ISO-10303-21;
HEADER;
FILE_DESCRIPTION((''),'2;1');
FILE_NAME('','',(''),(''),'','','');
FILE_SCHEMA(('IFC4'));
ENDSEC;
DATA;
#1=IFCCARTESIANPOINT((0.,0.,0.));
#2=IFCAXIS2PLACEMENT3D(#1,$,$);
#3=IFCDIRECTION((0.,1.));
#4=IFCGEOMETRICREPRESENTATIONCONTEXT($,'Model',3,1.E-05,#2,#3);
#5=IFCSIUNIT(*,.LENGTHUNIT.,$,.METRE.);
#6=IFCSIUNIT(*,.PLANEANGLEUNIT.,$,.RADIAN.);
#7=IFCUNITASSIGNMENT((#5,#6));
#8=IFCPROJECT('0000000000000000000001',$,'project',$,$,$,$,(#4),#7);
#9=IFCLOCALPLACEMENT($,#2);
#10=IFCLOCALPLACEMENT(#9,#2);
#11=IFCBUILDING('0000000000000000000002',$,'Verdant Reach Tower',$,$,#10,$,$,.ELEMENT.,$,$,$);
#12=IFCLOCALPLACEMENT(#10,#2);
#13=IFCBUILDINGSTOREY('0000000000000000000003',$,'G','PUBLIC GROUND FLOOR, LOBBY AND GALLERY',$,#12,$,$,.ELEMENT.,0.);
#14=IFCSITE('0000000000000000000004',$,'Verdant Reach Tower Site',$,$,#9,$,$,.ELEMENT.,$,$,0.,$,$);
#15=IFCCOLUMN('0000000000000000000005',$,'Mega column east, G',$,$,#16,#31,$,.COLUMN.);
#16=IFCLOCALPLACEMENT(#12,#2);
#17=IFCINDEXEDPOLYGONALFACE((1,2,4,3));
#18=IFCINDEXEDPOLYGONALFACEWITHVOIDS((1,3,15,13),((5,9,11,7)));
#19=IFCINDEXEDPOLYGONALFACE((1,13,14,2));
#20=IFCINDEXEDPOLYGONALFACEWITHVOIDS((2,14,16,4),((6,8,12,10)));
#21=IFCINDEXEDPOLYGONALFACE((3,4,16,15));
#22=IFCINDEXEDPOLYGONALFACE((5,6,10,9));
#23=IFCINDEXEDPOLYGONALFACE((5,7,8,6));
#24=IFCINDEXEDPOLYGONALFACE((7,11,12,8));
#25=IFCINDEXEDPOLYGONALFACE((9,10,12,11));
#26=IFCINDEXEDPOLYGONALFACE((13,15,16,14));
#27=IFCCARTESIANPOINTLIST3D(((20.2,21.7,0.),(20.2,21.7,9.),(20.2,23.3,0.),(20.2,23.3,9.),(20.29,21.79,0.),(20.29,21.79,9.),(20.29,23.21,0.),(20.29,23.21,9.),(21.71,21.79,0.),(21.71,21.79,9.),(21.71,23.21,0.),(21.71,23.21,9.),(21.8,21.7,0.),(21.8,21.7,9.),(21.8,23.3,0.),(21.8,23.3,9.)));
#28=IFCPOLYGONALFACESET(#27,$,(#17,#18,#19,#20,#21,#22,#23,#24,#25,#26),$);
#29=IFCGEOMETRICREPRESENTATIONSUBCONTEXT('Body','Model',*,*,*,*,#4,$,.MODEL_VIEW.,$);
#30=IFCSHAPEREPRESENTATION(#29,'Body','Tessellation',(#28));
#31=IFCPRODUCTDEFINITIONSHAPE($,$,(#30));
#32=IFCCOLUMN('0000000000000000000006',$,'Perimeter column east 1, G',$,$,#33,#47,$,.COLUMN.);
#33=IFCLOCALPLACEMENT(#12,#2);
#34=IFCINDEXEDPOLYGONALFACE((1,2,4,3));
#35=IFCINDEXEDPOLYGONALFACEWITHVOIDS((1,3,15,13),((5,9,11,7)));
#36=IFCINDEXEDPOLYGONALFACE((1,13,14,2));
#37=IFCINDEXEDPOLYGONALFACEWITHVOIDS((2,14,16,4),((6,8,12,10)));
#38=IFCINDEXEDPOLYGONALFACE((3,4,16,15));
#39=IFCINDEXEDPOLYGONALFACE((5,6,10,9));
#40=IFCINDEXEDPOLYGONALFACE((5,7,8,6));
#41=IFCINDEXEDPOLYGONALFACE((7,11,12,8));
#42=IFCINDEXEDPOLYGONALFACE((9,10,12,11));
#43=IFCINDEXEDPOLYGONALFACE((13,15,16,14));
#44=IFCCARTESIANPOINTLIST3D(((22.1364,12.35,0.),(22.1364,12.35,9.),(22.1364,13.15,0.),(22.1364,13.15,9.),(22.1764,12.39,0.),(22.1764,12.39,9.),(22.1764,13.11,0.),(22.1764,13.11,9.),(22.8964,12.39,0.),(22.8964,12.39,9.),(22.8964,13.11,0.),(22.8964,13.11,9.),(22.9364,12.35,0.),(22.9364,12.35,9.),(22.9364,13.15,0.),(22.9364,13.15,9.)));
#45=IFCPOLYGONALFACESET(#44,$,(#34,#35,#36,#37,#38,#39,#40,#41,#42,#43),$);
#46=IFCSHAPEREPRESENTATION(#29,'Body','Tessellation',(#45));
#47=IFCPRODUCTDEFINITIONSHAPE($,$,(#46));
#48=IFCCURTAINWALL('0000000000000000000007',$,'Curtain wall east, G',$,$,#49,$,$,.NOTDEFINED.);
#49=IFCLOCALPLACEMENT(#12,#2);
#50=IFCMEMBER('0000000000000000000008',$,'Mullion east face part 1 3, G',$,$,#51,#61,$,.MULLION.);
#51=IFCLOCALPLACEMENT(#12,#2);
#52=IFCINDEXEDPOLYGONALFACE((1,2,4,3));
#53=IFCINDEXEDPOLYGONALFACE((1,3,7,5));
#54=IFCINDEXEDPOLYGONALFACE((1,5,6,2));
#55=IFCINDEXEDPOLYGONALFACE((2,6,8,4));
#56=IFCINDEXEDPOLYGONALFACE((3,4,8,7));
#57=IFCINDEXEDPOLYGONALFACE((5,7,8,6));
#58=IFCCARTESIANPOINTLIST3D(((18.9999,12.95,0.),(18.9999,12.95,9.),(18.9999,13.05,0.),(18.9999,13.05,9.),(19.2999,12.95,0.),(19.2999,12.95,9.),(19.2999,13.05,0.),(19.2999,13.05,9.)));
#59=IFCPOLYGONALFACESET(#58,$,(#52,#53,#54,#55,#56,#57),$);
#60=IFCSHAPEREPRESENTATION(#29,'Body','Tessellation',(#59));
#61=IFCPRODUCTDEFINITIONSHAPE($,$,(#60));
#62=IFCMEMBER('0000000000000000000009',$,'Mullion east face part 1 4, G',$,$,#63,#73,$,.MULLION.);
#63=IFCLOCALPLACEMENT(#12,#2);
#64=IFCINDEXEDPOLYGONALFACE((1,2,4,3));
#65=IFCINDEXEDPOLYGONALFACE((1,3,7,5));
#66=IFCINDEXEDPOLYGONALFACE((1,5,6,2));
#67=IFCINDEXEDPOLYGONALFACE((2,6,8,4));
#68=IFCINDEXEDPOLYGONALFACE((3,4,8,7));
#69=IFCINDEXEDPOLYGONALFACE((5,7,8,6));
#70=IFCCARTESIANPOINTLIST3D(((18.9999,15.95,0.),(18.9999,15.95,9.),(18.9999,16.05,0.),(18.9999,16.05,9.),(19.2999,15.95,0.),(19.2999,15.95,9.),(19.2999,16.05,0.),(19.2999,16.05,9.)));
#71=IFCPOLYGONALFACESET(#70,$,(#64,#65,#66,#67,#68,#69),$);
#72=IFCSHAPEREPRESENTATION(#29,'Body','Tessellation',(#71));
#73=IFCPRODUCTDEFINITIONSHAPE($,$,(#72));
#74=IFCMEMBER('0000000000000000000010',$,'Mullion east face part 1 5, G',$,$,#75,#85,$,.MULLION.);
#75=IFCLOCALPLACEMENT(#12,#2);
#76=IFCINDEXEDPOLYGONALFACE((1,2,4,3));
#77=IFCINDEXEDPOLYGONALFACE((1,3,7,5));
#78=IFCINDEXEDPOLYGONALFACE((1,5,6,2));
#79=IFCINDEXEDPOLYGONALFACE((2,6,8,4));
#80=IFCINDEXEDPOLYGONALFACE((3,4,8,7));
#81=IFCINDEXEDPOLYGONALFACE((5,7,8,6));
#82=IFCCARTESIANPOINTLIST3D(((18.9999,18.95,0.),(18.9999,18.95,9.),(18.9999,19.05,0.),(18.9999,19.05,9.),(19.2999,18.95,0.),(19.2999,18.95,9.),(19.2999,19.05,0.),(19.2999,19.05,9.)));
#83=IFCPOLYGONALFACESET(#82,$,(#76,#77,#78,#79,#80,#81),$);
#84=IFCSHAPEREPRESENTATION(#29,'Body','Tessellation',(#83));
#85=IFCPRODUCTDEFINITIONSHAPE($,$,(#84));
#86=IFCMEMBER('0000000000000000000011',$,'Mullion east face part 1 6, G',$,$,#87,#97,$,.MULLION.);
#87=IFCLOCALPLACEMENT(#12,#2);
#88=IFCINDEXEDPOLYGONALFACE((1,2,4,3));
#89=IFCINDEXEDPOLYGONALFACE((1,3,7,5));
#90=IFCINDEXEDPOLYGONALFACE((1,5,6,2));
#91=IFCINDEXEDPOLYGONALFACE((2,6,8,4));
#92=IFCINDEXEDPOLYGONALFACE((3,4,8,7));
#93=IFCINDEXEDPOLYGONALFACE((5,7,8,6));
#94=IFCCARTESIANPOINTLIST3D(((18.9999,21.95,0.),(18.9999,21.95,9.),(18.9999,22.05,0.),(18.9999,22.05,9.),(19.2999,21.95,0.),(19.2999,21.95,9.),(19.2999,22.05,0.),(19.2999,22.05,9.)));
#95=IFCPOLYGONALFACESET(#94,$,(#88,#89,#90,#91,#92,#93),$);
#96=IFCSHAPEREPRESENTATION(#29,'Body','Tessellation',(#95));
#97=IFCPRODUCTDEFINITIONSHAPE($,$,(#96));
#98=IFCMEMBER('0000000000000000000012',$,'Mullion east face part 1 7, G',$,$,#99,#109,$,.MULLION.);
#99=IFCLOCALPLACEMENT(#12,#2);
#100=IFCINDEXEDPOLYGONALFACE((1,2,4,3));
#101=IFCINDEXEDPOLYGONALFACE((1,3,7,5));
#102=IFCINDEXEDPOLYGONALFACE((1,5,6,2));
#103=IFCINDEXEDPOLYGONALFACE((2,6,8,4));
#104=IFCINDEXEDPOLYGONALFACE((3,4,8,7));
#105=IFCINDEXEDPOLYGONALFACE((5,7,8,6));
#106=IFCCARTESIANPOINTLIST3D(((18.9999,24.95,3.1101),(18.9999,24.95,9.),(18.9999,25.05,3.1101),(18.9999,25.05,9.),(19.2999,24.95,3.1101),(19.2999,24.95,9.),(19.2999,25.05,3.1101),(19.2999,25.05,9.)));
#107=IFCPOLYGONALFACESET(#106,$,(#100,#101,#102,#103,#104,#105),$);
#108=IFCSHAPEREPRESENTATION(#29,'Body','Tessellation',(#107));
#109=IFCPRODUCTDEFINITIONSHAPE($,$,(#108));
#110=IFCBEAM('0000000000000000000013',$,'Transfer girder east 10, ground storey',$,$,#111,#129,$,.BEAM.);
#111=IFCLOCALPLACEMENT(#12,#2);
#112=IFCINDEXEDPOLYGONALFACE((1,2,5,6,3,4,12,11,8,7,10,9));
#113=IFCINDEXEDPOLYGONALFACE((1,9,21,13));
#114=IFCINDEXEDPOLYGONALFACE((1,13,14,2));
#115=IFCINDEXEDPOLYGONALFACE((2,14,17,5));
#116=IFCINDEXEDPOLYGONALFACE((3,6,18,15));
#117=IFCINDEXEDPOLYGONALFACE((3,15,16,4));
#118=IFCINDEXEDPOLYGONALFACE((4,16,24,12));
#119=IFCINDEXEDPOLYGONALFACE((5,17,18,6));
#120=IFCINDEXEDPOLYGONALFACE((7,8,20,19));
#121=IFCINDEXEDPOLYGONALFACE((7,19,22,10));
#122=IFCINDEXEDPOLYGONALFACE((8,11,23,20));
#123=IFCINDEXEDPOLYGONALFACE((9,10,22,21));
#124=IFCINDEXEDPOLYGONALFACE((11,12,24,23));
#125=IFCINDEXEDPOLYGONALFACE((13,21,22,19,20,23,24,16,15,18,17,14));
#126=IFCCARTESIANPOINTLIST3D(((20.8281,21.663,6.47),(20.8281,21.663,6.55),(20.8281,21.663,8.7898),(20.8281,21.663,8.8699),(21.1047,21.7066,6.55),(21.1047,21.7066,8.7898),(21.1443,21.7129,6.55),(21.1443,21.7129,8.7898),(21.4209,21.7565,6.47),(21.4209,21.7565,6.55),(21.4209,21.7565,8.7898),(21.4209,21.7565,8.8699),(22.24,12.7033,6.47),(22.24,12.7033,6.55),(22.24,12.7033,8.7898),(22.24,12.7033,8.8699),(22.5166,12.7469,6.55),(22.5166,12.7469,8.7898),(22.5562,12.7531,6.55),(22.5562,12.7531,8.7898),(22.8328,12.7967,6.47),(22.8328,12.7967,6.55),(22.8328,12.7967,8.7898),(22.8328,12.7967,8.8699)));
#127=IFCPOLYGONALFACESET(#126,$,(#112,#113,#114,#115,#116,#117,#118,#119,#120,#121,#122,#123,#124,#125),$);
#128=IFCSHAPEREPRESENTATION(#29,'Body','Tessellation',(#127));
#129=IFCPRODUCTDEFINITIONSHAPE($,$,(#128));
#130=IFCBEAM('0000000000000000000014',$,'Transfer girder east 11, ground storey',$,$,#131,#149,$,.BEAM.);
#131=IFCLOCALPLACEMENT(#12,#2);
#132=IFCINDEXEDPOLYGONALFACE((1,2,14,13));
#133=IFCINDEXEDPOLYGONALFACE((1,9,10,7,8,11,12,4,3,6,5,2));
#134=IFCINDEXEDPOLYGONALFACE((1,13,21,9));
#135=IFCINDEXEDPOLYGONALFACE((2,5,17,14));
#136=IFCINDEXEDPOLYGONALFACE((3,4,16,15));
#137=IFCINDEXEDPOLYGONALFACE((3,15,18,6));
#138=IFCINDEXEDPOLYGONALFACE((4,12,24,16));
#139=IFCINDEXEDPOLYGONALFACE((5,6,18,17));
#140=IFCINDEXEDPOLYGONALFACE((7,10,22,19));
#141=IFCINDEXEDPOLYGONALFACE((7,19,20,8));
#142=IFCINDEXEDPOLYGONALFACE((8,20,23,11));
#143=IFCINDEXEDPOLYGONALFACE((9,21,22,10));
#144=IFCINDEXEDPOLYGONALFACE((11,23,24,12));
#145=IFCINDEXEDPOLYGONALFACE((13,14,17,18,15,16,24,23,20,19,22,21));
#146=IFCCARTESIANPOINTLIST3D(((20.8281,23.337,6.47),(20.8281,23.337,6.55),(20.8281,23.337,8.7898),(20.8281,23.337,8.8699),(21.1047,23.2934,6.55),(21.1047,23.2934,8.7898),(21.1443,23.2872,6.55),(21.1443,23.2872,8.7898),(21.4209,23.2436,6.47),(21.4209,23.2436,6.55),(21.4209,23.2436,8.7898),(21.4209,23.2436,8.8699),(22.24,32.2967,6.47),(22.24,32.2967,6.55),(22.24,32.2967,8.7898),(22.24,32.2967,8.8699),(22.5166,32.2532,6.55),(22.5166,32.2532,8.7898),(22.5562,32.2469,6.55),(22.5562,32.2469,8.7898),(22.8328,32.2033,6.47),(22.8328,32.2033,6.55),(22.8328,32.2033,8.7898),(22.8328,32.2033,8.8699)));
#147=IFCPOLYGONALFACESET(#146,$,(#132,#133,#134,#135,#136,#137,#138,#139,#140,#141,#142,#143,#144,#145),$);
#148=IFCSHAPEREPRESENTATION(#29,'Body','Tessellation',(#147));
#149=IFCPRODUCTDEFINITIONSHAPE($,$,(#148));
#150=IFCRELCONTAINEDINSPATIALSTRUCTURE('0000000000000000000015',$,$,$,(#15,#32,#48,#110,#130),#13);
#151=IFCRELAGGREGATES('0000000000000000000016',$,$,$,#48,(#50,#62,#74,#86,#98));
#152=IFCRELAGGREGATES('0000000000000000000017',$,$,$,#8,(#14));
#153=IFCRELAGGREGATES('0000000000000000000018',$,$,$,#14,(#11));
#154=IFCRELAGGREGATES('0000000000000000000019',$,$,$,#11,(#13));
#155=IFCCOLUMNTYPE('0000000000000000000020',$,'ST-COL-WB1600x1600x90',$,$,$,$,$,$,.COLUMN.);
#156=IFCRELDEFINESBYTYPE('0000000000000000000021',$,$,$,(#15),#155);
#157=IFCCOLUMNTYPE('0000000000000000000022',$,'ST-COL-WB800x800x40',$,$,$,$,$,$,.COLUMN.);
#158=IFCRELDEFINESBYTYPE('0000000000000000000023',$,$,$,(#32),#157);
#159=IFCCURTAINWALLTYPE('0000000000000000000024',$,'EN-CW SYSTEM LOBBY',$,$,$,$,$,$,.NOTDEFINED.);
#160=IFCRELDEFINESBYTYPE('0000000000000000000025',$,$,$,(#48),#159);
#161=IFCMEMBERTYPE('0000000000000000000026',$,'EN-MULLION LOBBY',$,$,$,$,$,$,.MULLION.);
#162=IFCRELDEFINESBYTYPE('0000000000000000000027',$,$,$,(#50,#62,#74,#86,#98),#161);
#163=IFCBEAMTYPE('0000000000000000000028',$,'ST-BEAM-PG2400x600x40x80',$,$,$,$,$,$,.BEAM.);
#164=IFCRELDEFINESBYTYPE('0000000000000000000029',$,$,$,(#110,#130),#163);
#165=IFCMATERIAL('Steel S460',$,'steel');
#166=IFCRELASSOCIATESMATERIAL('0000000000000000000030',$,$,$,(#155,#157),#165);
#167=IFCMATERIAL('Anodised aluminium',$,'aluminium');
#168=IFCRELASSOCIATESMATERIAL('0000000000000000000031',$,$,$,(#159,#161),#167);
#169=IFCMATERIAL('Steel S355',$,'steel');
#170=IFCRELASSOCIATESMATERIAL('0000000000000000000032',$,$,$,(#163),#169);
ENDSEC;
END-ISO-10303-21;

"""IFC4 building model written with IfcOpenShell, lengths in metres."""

from ifc_helpers import new_model, si_unit, direction, frame, origin, origin_2d, place, context, subcontext, project, spatial, rectangle, hollow_rectangle, i_section, extrude, material, material_profile, profile_set, type_object, element, aggregate, save


model = new_model("IFC4")

# Units and contexts
model_context = context("Model", 3, precision=1e-05, world=origin(), true_north=direction((0.0, 1.0)))
body_context = subcontext(model_context, "Body", "Model", "MODEL_VIEW")
ifc_project = project(units=[si_unit("LENGTHUNIT", "METRE"), si_unit("PLANEANGLEUNIT", "RADIAN")], contexts=[model_context])

# Site, building, storey
site_placement = place(None, origin())
site = spatial("IfcSite", under=ifc_project, at=site_placement, Name="Verdant Reach Tower Site", CompositionType="ELEMENT", RefElevation=0.0)
building_placement = place(site_placement, origin())
building = spatial("IfcBuilding", under=site, at=building_placement, Name="Verdant Reach Tower", CompositionType="ELEMENT")
storey_placement = place(building_placement, origin())
storey = spatial("IfcBuildingStorey", under=building, at=storey_placement, Name="G", Description="PUBLIC GROUND FLOOR, LOBBY AND GALLERY", CompositionType="ELEMENT", Elevation=0.0)

# Columns
ifc_material_1 = material(Name="Steel S460", Category="steel")
ifc_material_profile_1 = material_profile(ifc_material_1, hollow_rectangle(XDim=1.6001, YDim=1.6001, WallThickness=0.0901, at=origin_2d()), Name="WB 1600x1600x90")
ifc_profile_set_1 = profile_set([ifc_material_profile_1], Name="Steel S460")
column_type_1 = type_object("IfcColumnType", Name="ST-COL-WB1600x1600x90", PredefinedType="COLUMN", material=ifc_profile_set_1)
column_1_placement = place(storey_placement, frame((21.0, 22.5, 0.0), z_axis=(0.0, 0.0, 1.0), x_axis=(1.0, 0.0, 0.0)))
element("IfcColumn", 1, at=column_1_placement, inside=storey, type_object=column_type_1, Name="Mega column east, G", PredefinedType="COLUMN", context=body_context, shape_type="SweptSolid", body=[
    extrude(hollow_rectangle(XDim=1.6001, YDim=1.6001, WallThickness=0.0901, at=origin_2d()), origin(), (0.0, 0.0, 1.0), 9.0),
])
ifc_material_profile_2 = material_profile(ifc_material_1, hollow_rectangle(XDim=0.8, YDim=0.8, WallThickness=0.04, at=origin_2d()), Name="WB 800x800x40")
ifc_profile_set_2 = profile_set([ifc_material_profile_2], Name="Steel S460")
column_type_2 = type_object("IfcColumnType", Name="ST-COL-WB800x800x40", PredefinedType="COLUMN", material=ifc_profile_set_2)
column_2_placement = place(storey_placement, frame((22.5364, 12.75, 0.0), z_axis=(0.0, 0.0, 1.0), x_axis=(1.0, 0.0, 0.0)))
element("IfcColumn", 2, at=column_2_placement, inside=storey, type_object=column_type_2, Name="Perimeter column east 1, G", PredefinedType="COLUMN", context=body_context, shape_type="SweptSolid", body=[
    extrude(hollow_rectangle(XDim=0.8, YDim=0.8, WallThickness=0.04, at=origin_2d()), origin(), (0.0, 0.0, 1.0), 9.0),
])

# Curtain wall, members
ifc_material_2 = material(Name="Anodised aluminium", Category="aluminium")
curtain_wall_type = type_object("IfcCurtainWallType", Name="EN-CW SYSTEM LOBBY", PredefinedType="NOTDEFINED", material=ifc_material_2)
curtain_wall_placement = place(storey_placement, origin())
curtain_wall = element("IfcCurtainWall", 3, at=curtain_wall_placement, inside=storey, type_object=curtain_wall_type, Name="Curtain wall east, G", PredefinedType="NOTDEFINED")
ifc_material_profile_3 = material_profile(ifc_material_2, rectangle(XDim=0.3, YDim=0.1001, at=origin_2d()), Name="Mullion 100x300")
ifc_profile_set_3 = profile_set([ifc_material_profile_3], Name="Anodised aluminium")
member_type = type_object("IfcMemberType", Name="EN-MULLION LOBBY", PredefinedType="MULLION", material=ifc_profile_set_3)
member_1_placement = place(storey_placement, frame((19.1499, 13.0, 0.0), z_axis=(0.0, 0.0, 1.0), x_axis=(1.0, 0.0, 0.0)))
member_1 = element("IfcMember", 4, at=member_1_placement, type_object=member_type, Name="Mullion east face part 1 3, G", PredefinedType="MULLION", context=body_context, shape_type="SweptSolid", body=[
    extrude(rectangle(XDim=0.3, YDim=0.1001, at=origin_2d()), origin(), (0.0, 0.0, 1.0), 9.0),
])
member_2_placement = place(storey_placement, frame((19.1499, 16.0, 0.0), z_axis=(0.0, 0.0, 1.0), x_axis=(1.0, 0.0, 0.0)))
member_2 = element("IfcMember", 5, at=member_2_placement, type_object=member_type, Name="Mullion east face part 1 4, G", PredefinedType="MULLION", context=body_context, shape_type="SweptSolid", body=[
    extrude(rectangle(XDim=0.3, YDim=0.1001, at=origin_2d()), origin(), (0.0, 0.0, 1.0), 9.0),
])
member_3_placement = place(storey_placement, frame((19.1499, 19.0, 0.0), z_axis=(0.0, 0.0, 1.0), x_axis=(1.0, 0.0, 0.0)))
member_3 = element("IfcMember", 6, at=member_3_placement, type_object=member_type, Name="Mullion east face part 1 5, G", PredefinedType="MULLION", context=body_context, shape_type="SweptSolid", body=[
    extrude(rectangle(XDim=0.3, YDim=0.1001, at=origin_2d()), origin(), (0.0, 0.0, 1.0), 9.0),
])
member_4_placement = place(storey_placement, frame((19.1499, 22.0, 0.0), z_axis=(0.0, 0.0, 1.0), x_axis=(1.0, 0.0, 0.0)))
member_4 = element("IfcMember", 7, at=member_4_placement, type_object=member_type, Name="Mullion east face part 1 6, G", PredefinedType="MULLION", context=body_context, shape_type="SweptSolid", body=[
    extrude(rectangle(XDim=0.3, YDim=0.1001, at=origin_2d()), origin(), (0.0, 0.0, 1.0), 9.0),
])
member_5_placement = place(storey_placement, frame((19.1499, 25.0, 3.1101), z_axis=(0.0, 0.0, 1.0), x_axis=(1.0, 0.0, 0.0)))
member_5 = element("IfcMember", 8, at=member_5_placement, type_object=member_type, Name="Mullion east face part 1 7, G", PredefinedType="MULLION", context=body_context, shape_type="SweptSolid", body=[
    extrude(rectangle(XDim=0.3, YDim=0.1001, at=origin_2d()), origin(), (0.0, 0.0, 1.0), 5.8899),
])

# Beams
ifc_material_3 = material(Name="Steel S355", Category="steel")
ifc_material_profile_4 = material_profile(ifc_material_3, i_section(OverallWidth=0.6001, OverallDepth=2.3999, WebThickness=0.04, FlangeThickness=0.0801, at=origin_2d()), Name="PG 2400x600x40x80")
ifc_profile_set_4 = profile_set([ifc_material_profile_4], Name="Steel S355")
beam_type_1 = type_object("IfcBeamType", Name="ST-BEAM-PG2400x600x40x80", PredefinedType="BEAM", material=ifc_profile_set_4)
for number, where, z_axis, x_axis, name in (
    (9, (22.5364, 12.75, 7.6699), (-0.155658, 0.987811, 0.0), (-0.987811, -0.155658, 0.0), "Transfer girder east 10, ground storey"),
    (10, (21.1245, 23.2903, 7.6699), (0.155658, 0.987811, 0.0), (-0.987811, 0.155658, 0.0), "Transfer girder east 11, ground storey"),
):
    element("IfcBeam", number, at=place(storey_placement, frame(where, z_axis=z_axis, x_axis=x_axis)), inside=storey, type_object=beam_type_1, Name=name, PredefinedType="BEAM", context=body_context, shape_type="SweptSolid", body=[
        extrude(i_section(OverallWidth=0.6001, OverallDepth=2.3999, WebThickness=0.04, FlangeThickness=0.0801, at=origin_2d()), origin(), (0.0, 0.0, 1.0), 9.0703),
    ])

aggregate(curtain_wall, [member_1, member_2, member_3, member_4, member_5])

save(model, "model.ifc")
